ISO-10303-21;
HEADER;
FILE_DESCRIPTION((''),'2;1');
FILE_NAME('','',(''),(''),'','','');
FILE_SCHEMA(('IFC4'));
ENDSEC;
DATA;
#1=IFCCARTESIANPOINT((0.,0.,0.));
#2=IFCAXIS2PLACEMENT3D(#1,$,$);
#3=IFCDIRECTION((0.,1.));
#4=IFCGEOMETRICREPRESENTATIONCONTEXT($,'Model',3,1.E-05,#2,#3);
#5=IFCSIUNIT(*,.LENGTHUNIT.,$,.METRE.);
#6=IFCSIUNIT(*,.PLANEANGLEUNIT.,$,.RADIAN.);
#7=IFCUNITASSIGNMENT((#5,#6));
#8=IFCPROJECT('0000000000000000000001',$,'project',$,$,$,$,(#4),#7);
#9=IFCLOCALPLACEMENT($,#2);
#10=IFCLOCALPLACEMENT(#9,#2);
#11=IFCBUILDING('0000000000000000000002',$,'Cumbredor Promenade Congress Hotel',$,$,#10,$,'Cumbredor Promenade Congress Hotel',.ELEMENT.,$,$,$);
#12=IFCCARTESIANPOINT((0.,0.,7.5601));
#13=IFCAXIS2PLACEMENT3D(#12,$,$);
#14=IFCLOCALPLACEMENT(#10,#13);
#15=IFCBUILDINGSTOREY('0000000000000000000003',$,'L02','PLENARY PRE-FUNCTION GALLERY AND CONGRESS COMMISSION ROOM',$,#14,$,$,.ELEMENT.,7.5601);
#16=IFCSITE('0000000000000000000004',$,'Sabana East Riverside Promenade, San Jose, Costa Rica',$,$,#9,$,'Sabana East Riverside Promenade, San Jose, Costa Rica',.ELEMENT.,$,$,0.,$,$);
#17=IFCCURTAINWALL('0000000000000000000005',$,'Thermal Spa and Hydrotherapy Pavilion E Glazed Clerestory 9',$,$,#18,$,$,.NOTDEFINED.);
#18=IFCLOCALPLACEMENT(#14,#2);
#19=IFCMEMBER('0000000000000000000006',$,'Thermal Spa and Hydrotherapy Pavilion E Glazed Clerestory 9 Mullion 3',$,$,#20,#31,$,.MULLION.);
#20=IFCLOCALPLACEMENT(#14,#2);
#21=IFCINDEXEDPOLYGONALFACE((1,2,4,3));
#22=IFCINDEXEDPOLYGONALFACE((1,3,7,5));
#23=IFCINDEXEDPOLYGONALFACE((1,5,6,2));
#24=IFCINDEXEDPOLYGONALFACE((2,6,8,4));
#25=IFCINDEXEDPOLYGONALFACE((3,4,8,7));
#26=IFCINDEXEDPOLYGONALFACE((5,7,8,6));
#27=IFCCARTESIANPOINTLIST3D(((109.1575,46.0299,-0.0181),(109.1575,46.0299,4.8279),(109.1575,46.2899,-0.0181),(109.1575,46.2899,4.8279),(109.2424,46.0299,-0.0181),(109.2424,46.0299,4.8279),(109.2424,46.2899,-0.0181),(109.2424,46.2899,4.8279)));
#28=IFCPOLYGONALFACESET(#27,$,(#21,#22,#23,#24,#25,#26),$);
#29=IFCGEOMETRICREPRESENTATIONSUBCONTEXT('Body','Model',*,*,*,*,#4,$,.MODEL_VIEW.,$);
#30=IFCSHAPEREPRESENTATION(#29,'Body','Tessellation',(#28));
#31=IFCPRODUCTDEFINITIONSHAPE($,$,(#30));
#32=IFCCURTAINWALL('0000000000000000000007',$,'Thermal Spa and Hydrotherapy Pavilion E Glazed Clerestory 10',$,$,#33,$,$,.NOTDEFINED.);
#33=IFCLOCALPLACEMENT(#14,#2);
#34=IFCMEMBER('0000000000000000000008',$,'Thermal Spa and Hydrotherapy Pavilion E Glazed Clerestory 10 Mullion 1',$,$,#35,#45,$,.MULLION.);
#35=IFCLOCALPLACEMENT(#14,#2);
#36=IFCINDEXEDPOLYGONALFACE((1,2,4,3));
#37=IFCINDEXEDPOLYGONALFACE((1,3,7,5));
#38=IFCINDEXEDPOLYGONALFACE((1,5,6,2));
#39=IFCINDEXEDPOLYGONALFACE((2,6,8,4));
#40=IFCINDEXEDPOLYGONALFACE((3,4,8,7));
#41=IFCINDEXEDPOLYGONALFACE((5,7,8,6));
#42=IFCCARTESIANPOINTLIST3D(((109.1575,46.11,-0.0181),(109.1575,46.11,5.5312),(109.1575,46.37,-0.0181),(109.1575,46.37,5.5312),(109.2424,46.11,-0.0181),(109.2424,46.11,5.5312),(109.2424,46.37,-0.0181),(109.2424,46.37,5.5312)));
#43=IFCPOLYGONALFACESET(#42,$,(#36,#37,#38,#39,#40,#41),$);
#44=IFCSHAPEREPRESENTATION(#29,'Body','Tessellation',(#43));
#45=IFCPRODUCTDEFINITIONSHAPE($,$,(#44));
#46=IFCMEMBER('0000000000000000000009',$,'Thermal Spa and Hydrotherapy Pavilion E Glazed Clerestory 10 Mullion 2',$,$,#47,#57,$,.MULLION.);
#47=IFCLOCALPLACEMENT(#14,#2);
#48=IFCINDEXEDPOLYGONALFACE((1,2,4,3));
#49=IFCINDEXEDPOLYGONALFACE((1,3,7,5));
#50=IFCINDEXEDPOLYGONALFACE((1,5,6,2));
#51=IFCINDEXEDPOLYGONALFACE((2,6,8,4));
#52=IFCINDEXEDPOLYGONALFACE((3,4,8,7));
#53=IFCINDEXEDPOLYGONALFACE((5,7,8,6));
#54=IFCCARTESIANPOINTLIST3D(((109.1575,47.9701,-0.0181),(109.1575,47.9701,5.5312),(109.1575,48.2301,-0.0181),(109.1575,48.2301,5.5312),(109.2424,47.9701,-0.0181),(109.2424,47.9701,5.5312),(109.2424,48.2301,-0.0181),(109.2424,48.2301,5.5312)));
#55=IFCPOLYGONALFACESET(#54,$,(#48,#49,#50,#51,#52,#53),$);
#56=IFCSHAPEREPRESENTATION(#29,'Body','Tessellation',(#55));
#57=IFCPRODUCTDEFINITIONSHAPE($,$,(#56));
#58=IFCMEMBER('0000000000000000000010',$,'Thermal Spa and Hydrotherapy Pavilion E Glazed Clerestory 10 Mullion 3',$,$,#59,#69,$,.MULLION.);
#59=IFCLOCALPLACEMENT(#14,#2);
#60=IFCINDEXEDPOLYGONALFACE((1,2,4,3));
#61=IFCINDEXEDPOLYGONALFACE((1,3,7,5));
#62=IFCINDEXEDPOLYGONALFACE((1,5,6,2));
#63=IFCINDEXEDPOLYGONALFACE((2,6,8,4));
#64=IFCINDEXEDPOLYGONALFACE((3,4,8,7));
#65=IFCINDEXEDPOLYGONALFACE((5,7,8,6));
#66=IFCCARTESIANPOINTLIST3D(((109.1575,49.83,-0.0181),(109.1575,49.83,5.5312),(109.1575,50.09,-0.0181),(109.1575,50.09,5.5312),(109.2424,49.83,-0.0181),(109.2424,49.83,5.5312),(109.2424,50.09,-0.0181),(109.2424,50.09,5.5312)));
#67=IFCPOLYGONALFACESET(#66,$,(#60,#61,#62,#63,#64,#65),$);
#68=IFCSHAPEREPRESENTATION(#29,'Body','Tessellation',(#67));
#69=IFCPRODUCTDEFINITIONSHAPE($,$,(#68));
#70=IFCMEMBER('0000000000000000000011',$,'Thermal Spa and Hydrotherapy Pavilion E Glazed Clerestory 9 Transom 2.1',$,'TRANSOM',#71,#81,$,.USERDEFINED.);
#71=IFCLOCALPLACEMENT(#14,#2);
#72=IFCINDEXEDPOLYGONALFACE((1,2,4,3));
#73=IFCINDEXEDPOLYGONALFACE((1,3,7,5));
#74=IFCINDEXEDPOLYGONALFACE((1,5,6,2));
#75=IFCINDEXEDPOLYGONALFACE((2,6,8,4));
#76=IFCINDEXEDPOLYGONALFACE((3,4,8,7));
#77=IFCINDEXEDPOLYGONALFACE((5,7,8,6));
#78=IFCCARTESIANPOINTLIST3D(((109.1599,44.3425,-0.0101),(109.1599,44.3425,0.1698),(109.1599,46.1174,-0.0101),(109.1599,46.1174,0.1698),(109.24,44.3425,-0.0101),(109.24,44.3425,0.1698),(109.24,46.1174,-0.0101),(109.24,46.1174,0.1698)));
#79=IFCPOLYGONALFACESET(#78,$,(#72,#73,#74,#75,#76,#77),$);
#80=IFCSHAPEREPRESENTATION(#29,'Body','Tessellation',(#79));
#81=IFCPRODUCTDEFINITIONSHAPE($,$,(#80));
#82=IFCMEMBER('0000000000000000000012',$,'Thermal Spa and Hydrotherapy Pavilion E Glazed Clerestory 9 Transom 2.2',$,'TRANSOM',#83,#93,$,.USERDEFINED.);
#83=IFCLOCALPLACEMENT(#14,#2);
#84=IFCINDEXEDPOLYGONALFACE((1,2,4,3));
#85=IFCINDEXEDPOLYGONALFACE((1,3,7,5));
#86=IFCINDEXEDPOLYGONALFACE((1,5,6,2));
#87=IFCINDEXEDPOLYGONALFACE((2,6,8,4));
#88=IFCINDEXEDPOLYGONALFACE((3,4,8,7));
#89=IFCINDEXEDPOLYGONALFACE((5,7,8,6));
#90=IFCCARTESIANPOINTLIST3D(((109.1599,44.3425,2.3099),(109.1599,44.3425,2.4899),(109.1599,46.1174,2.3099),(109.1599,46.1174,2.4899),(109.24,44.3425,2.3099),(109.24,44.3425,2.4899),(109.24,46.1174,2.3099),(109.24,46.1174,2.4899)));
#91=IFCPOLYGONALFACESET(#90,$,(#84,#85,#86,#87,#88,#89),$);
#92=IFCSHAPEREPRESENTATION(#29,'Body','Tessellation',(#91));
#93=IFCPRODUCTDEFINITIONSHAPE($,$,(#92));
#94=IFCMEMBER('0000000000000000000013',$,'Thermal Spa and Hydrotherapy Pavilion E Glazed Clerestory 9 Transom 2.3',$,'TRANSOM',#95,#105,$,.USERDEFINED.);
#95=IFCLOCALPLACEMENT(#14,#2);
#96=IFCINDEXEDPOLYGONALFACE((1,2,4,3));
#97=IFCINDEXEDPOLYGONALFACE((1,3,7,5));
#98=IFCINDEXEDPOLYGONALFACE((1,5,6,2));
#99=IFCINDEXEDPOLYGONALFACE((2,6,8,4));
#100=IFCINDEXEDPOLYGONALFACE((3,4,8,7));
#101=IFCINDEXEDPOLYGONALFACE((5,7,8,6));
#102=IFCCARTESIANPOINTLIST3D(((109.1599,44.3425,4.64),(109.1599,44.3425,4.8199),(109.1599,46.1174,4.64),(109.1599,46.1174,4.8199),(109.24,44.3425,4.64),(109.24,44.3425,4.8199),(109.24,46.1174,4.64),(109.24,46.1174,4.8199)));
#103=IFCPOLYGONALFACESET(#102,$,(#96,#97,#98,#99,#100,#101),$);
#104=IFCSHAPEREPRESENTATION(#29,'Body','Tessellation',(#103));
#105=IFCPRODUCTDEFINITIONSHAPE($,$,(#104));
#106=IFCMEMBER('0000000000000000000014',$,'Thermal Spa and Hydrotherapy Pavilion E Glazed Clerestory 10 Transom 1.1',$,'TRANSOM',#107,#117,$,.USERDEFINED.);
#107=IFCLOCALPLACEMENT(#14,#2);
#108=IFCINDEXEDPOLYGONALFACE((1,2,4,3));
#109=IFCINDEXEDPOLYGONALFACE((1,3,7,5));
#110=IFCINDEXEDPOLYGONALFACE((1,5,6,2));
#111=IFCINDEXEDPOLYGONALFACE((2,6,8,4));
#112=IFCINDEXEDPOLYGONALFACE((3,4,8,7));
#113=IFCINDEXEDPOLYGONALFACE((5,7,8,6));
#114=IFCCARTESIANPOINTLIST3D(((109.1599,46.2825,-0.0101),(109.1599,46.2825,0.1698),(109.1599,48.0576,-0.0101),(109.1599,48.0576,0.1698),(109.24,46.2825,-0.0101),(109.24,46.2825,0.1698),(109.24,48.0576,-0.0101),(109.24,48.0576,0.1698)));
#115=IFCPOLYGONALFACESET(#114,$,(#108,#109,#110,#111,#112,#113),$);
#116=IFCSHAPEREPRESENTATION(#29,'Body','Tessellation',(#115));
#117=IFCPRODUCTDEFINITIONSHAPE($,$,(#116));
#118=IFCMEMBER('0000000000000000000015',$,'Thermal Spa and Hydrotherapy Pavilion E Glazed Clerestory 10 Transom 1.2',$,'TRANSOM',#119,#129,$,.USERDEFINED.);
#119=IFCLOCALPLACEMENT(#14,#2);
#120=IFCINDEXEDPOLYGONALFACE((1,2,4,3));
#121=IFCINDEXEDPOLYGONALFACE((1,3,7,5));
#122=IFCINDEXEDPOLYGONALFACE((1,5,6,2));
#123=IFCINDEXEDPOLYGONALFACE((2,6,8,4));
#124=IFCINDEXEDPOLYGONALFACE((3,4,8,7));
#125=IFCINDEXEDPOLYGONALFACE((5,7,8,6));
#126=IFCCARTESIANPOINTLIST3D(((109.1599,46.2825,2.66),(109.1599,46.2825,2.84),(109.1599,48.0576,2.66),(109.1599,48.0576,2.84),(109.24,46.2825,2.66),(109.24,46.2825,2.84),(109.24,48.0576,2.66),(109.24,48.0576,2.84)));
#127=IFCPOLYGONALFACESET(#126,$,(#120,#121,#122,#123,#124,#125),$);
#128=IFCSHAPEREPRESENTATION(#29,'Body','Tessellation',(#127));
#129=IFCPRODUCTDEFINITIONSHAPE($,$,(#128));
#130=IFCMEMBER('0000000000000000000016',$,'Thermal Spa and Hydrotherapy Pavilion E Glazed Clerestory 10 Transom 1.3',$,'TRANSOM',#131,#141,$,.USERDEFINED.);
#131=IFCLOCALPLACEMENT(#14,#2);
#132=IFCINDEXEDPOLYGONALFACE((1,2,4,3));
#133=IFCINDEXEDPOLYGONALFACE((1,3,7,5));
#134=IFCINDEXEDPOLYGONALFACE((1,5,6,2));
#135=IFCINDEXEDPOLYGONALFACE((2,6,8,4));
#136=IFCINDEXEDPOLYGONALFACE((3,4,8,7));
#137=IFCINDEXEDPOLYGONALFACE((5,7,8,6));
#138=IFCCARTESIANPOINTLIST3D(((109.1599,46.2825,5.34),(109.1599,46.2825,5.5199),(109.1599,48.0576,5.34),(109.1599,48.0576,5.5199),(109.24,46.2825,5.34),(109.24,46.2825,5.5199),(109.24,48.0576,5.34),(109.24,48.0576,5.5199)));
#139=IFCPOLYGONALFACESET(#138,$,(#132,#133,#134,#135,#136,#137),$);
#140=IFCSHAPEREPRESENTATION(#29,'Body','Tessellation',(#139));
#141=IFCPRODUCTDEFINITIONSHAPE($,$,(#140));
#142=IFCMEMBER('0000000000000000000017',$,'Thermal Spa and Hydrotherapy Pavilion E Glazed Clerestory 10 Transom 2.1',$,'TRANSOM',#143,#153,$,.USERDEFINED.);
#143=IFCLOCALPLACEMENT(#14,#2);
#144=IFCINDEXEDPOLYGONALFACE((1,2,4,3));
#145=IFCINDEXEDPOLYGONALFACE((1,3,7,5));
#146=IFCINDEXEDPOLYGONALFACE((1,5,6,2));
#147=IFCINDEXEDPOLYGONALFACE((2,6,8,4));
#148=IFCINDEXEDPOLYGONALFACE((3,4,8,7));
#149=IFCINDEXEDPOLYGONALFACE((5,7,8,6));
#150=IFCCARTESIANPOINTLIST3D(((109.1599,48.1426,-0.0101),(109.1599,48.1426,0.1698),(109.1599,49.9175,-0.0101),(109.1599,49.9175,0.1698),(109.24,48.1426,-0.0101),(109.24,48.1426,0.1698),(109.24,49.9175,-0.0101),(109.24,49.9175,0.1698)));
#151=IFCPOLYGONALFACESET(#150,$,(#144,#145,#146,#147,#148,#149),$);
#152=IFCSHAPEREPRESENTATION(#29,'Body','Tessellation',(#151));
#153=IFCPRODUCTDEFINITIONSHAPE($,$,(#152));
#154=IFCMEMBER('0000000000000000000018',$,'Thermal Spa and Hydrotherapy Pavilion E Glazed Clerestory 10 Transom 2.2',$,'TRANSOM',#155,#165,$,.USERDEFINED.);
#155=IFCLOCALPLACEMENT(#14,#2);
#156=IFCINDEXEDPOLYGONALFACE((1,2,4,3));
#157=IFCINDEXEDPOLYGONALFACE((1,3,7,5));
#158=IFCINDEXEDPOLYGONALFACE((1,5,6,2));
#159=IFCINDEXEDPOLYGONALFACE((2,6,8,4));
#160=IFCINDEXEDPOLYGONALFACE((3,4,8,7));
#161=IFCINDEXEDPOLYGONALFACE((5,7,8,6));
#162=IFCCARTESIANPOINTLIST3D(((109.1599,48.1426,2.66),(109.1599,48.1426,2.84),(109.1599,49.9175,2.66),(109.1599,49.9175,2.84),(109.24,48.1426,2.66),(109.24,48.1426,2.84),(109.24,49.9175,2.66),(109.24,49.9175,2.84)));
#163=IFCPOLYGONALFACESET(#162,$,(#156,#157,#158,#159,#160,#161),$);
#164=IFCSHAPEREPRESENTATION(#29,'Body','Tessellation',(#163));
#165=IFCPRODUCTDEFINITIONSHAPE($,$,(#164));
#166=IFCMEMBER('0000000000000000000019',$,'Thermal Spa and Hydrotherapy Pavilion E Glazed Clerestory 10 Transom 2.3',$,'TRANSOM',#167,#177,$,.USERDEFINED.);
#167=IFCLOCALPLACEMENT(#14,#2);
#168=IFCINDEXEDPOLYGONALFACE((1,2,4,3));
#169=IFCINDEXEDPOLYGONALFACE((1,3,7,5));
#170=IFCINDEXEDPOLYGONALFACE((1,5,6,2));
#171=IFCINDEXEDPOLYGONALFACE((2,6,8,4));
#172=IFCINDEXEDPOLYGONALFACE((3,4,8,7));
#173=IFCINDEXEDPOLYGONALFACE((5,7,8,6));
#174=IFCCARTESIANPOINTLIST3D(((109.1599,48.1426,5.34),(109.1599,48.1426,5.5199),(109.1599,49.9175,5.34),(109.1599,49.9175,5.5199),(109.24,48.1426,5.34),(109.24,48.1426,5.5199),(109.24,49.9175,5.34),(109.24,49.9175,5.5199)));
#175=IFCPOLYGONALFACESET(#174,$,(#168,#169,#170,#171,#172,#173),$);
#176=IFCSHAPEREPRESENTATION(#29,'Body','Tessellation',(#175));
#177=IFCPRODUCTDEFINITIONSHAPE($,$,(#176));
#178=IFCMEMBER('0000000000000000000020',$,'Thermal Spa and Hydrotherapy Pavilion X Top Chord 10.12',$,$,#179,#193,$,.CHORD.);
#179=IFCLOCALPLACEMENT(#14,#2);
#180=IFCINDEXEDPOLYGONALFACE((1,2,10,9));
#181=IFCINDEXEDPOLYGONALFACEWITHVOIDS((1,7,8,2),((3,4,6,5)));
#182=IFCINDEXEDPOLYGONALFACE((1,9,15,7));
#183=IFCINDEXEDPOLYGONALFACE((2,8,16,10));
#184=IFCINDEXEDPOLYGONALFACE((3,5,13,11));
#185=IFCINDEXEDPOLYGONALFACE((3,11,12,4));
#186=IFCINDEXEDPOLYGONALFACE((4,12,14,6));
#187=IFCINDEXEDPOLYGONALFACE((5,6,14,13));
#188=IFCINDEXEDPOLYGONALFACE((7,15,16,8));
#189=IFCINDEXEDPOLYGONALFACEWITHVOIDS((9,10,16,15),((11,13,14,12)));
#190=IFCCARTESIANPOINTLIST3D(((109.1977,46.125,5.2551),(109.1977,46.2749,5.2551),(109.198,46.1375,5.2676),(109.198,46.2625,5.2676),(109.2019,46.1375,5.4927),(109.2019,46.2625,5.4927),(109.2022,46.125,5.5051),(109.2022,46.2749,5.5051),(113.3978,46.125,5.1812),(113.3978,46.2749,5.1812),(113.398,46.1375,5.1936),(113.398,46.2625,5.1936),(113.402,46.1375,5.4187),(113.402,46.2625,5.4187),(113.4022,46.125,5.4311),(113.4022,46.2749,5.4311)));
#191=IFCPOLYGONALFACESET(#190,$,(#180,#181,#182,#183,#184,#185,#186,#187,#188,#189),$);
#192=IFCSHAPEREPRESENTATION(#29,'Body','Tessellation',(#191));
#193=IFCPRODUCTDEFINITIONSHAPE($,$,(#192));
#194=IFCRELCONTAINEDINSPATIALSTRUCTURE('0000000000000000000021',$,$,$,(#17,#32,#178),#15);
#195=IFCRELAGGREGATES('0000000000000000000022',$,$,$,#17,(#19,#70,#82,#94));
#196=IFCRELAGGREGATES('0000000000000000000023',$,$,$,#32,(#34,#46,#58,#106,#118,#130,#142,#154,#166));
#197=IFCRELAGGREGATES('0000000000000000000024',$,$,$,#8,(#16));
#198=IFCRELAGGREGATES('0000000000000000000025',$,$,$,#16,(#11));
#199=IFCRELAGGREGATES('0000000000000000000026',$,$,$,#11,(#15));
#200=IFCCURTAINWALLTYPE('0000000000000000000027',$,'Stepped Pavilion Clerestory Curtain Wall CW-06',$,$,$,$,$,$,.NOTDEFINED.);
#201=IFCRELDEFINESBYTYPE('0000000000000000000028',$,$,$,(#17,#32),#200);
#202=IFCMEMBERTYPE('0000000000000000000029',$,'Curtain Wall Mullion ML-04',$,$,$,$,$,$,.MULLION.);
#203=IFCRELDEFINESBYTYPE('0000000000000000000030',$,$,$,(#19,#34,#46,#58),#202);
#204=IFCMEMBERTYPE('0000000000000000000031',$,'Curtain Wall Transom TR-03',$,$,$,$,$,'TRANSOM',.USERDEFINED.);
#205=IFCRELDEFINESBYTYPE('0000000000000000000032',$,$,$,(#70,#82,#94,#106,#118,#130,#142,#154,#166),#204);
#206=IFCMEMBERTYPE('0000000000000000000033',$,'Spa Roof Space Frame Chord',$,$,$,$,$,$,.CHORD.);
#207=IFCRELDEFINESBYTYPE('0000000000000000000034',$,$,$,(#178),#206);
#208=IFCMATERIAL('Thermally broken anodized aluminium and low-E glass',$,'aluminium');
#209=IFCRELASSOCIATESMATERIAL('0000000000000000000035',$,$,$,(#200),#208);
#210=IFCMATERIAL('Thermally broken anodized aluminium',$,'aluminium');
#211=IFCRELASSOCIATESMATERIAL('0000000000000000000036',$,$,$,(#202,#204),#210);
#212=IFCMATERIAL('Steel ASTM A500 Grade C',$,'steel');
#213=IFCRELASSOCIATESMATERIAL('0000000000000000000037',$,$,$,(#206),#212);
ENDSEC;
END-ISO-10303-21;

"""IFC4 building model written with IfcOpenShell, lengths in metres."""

from ifc_helpers import new_model, si_unit, direction, frame, origin, origin_2d, place, context, subcontext, project, spatial, rectangle, hollow_rectangle, extrude, material, material_profile, profile_set, type_object, element, aggregate, save


model = new_model("IFC4")

# Units and contexts
model_context = context("Model", 3, precision=1e-05, world=origin(), true_north=direction((0.0, 1.0)))
body_context = subcontext(model_context, "Body", "Model", "MODEL_VIEW")
ifc_project = project(units=[si_unit("LENGTHUNIT", "METRE"), si_unit("PLANEANGLEUNIT", "RADIAN")], contexts=[model_context])

# Site, building, storey
site_placement = place(None, origin())
site = spatial("IfcSite", under=ifc_project, at=site_placement, Name="Sabana East Riverside Promenade, San Jose, Costa Rica", LongName="Sabana East Riverside Promenade, San Jose, Costa Rica", CompositionType="ELEMENT", RefElevation=0.0)
building_placement = place(site_placement, origin())
building = spatial("IfcBuilding", under=site, at=building_placement, Name="Cumbredor Promenade Congress Hotel", LongName="Cumbredor Promenade Congress Hotel", CompositionType="ELEMENT")
storey_placement = place(building_placement, frame((0.0, 0.0, 7.5601)))
storey = spatial("IfcBuildingStorey", under=building, at=storey_placement, Name="L02", Description="PLENARY PRE-FUNCTION GALLERY AND CONGRESS COMMISSION ROOM", CompositionType="ELEMENT", Elevation=7.5601)

# Curtain wall, member
ifc_material_1 = material(Name="Thermally broken anodized aluminium and low-E glass", Category="aluminium")
curtain_wall_type = type_object("IfcCurtainWallType", Name="Stepped Pavilion Clerestory Curtain Wall CW-06", PredefinedType="NOTDEFINED", material=ifc_material_1)
curtain_wall_1_placement = place(storey_placement, origin())
curtain_wall_1 = element("IfcCurtainWall", 1, at=curtain_wall_1_placement, inside=storey, type_object=curtain_wall_type, Name="Thermal Spa and Hydrotherapy Pavilion E Glazed Clerestory 9", PredefinedType="NOTDEFINED")
ifc_material_2 = material(Name="Thermally broken anodized aluminium", Category="aluminium")
ifc_material_profile_1 = material_profile(ifc_material_2, rectangle(XDim=0.085, YDim=0.26, at=origin_2d()), Name="ALU MULLION CLERESTORY 85x260")
ifc_profile_set_1 = profile_set([ifc_material_profile_1], Name="Thermally broken anodized aluminium")
member_type_1 = type_object("IfcMemberType", Name="Curtain Wall Mullion ML-04", PredefinedType="MULLION", material=ifc_profile_set_1)
member_1_placement = place(storey_placement, frame((109.2, 46.1599, -0.0181), z_axis=(0.0, 0.0, 1.0), x_axis=(1.0, 0.0, 0.0)))
member_1 = element("IfcMember", 2, at=member_1_placement, type_object=member_type_1, Name="Thermal Spa and Hydrotherapy Pavilion E Glazed Clerestory 9 Mullion 3", PredefinedType="MULLION", context=body_context, shape_type="SweptSolid", body=[
    extrude(rectangle(XDim=0.085, YDim=0.26, at=origin_2d()), origin(), (0.0, 0.0, 1.0), 4.8459),
])

# Curtain wall, members
curtain_wall_2_placement = place(storey_placement, origin())
curtain_wall_2 = element("IfcCurtainWall", 3, at=curtain_wall_2_placement, inside=storey, type_object=curtain_wall_type, Name="Thermal Spa and Hydrotherapy Pavilion E Glazed Clerestory 10", PredefinedType="NOTDEFINED")
member_2_placement = place(storey_placement, frame((109.2, 46.24, -0.0181), z_axis=(0.0, 0.0, 1.0), x_axis=(1.0, 0.0, 0.0)))
member_2 = element("IfcMember", 4, at=member_2_placement, type_object=member_type_1, Name="Thermal Spa and Hydrotherapy Pavilion E Glazed Clerestory 10 Mullion 1", PredefinedType="MULLION", context=body_context, shape_type="SweptSolid", body=[
    extrude(rectangle(XDim=0.085, YDim=0.26, at=origin_2d()), origin(), (0.0, 0.0, 1.0), 5.5493),
])
member_3_placement = place(storey_placement, frame((109.2, 48.1001, -0.0181), z_axis=(0.0, 0.0, 1.0), x_axis=(1.0, 0.0, 0.0)))
member_3 = element("IfcMember", 5, at=member_3_placement, type_object=member_type_1, Name="Thermal Spa and Hydrotherapy Pavilion E Glazed Clerestory 10 Mullion 2", PredefinedType="MULLION", context=body_context, shape_type="SweptSolid", body=[
    extrude(rectangle(XDim=0.085, YDim=0.26, at=origin_2d()), origin(), (0.0, 0.0, 1.0), 5.5493),
])
member_4_placement = place(storey_placement, frame((109.2, 49.96, -0.0181), z_axis=(0.0, 0.0, 1.0), x_axis=(1.0, 0.0, 0.0)))
member_4 = element("IfcMember", 6, at=member_4_placement, type_object=member_type_1, Name="Thermal Spa and Hydrotherapy Pavilion E Glazed Clerestory 10 Mullion 3", PredefinedType="MULLION", context=body_context, shape_type="SweptSolid", body=[
    extrude(rectangle(XDim=0.085, YDim=0.26, at=origin_2d()), origin(), (0.0, 0.0, 1.0), 5.5493),
])

# Members
ifc_material_profile_2 = material_profile(ifc_material_2, rectangle(XDim=0.0801, YDim=0.1799, at=origin_2d()), Name="ALU TRANSOM 80x180")
ifc_profile_set_2 = profile_set([ifc_material_profile_2], Name="Thermally broken anodized aluminium")
member_type_2 = type_object("IfcMemberType", Name="Curtain Wall Transom TR-03", ElementType="TRANSOM", PredefinedType="USERDEFINED", material=ifc_profile_set_2)
member_5_placement = place(storey_placement, frame((109.2, 44.3425, 0.0798), z_axis=(0.0, 1.0, 0.0), x_axis=(-1.0, 0.0, 0.0)))
member_5 = element("IfcMember", 7, at=member_5_placement, type_object=member_type_2, Name="Thermal Spa and Hydrotherapy Pavilion E Glazed Clerestory 9 Transom 2.1", ObjectType="TRANSOM", PredefinedType="USERDEFINED", context=body_context, shape_type="SweptSolid", body=[
    extrude(rectangle(XDim=0.0801, YDim=0.1799, at=origin_2d()), origin(), (0.0, 0.0, 1.0), 1.7749),
])
member_6_placement = place(storey_placement, frame((109.2, 44.3425, 2.3999), z_axis=(0.0, 1.0, 0.0), x_axis=(-1.0, 0.0, 0.0)))
member_6 = element("IfcMember", 8, at=member_6_placement, type_object=member_type_2, Name="Thermal Spa and Hydrotherapy Pavilion E Glazed Clerestory 9 Transom 2.2", ObjectType="TRANSOM", PredefinedType="USERDEFINED", context=body_context, shape_type="SweptSolid", body=[
    extrude(rectangle(XDim=0.0801, YDim=0.1799, at=origin_2d()), origin(), (0.0, 0.0, 1.0), 1.7749),
])
member_7_placement = place(storey_placement, frame((109.2, 44.3425, 4.73), z_axis=(0.0, 1.0, 0.0), x_axis=(-1.0, 0.0, 0.0)))
member_7 = element("IfcMember", 9, at=member_7_placement, type_object=member_type_2, Name="Thermal Spa and Hydrotherapy Pavilion E Glazed Clerestory 9 Transom 2.3", ObjectType="TRANSOM", PredefinedType="USERDEFINED", context=body_context, shape_type="SweptSolid", body=[
    extrude(rectangle(XDim=0.0801, YDim=0.1799, at=origin_2d()), origin(), (0.0, 0.0, 1.0), 1.7749),
])
member_8_placement = place(storey_placement, frame((109.2, 46.2825, 0.0798), z_axis=(0.0, 1.0, 0.0), x_axis=(-1.0, 0.0, 0.0)))
member_8 = element("IfcMember", 10, at=member_8_placement, type_object=member_type_2, Name="Thermal Spa and Hydrotherapy Pavilion E Glazed Clerestory 10 Transom 1.1", ObjectType="TRANSOM", PredefinedType="USERDEFINED", context=body_context, shape_type="SweptSolid", body=[
    extrude(rectangle(XDim=0.0801, YDim=0.1799, at=origin_2d()), origin(), (0.0, 0.0, 1.0), 1.7751),
])
member_9_placement = place(storey_placement, frame((109.2, 46.2825, 2.75), z_axis=(0.0, 1.0, 0.0), x_axis=(-1.0, 0.0, 0.0)))
member_9 = element("IfcMember", 11, at=member_9_placement, type_object=member_type_2, Name="Thermal Spa and Hydrotherapy Pavilion E Glazed Clerestory 10 Transom 1.2", ObjectType="TRANSOM", PredefinedType="USERDEFINED", context=body_context, shape_type="SweptSolid", body=[
    extrude(rectangle(XDim=0.0801, YDim=0.1799, at=origin_2d()), origin(), (0.0, 0.0, 1.0), 1.7751),
])
member_10_placement = place(storey_placement, frame((109.2, 46.2825, 5.4299), z_axis=(0.0, 1.0, 0.0), x_axis=(-1.0, 0.0, 0.0)))
member_10 = element("IfcMember", 12, at=member_10_placement, type_object=member_type_2, Name="Thermal Spa and Hydrotherapy Pavilion E Glazed Clerestory 10 Transom 1.3", ObjectType="TRANSOM", PredefinedType="USERDEFINED", context=body_context, shape_type="SweptSolid", body=[
    extrude(rectangle(XDim=0.0801, YDim=0.1799, at=origin_2d()), origin(), (0.0, 0.0, 1.0), 1.7751),
])
member_11_placement = place(storey_placement, frame((109.2, 48.1426, 0.0798), z_axis=(0.0, 1.0, 0.0), x_axis=(-1.0, 0.0, 0.0)))
member_11 = element("IfcMember", 13, at=member_11_placement, type_object=member_type_2, Name="Thermal Spa and Hydrotherapy Pavilion E Glazed Clerestory 10 Transom 2.1", ObjectType="TRANSOM", PredefinedType="USERDEFINED", context=body_context, shape_type="SweptSolid", body=[
    extrude(rectangle(XDim=0.0801, YDim=0.1799, at=origin_2d()), origin(), (0.0, 0.0, 1.0), 1.7749),
])
member_12_placement = place(storey_placement, frame((109.2, 48.1426, 2.75), z_axis=(0.0, 1.0, 0.0), x_axis=(-1.0, 0.0, 0.0)))
member_12 = element("IfcMember", 14, at=member_12_placement, type_object=member_type_2, Name="Thermal Spa and Hydrotherapy Pavilion E Glazed Clerestory 10 Transom 2.2", ObjectType="TRANSOM", PredefinedType="USERDEFINED", context=body_context, shape_type="SweptSolid", body=[
    extrude(rectangle(XDim=0.0801, YDim=0.1799, at=origin_2d()), origin(), (0.0, 0.0, 1.0), 1.7749),
])
member_13_placement = place(storey_placement, frame((109.2, 48.1426, 5.4299), z_axis=(0.0, 1.0, 0.0), x_axis=(-1.0, 0.0, 0.0)))
member_13 = element("IfcMember", 15, at=member_13_placement, type_object=member_type_2, Name="Thermal Spa and Hydrotherapy Pavilion E Glazed Clerestory 10 Transom 2.3", ObjectType="TRANSOM", PredefinedType="USERDEFINED", context=body_context, shape_type="SweptSolid", body=[
    extrude(rectangle(XDim=0.0801, YDim=0.1799, at=origin_2d()), origin(), (0.0, 0.0, 1.0), 1.7749),
])

# Member
ifc_material_3 = material(Name="Steel ASTM A500 Grade C", Category="steel")
ifc_material_profile_3 = material_profile(ifc_material_3, hollow_rectangle(XDim=0.1499, YDim=0.25, WallThickness=0.0125, at=origin_2d()), Name="HSS 250x150x12.5")
ifc_profile_set_3 = profile_set([ifc_material_profile_3], Name="Steel ASTM A500 Grade C")
member_type_3 = type_object("IfcMemberType", Name="Spa Roof Space Frame Chord", PredefinedType="CHORD", material=ifc_profile_set_3)
for number, where, z_axis, x_axis, name in (
    (16, (109.2, 46.2, 5.3801), (0.999845, 0.0, -0.01761), (0.0, 1.0, 0.0), "Thermal Spa and Hydrotherapy Pavilion X Top Chord 10.12"),
):
    element("IfcMember", number, at=place(storey_placement, frame(where, z_axis=z_axis, x_axis=x_axis)), inside=storey, type_object=member_type_3, Name=name, PredefinedType="CHORD", context=body_context, shape_type="SweptSolid", body=[
        extrude(hollow_rectangle(XDim=0.1499, YDim=0.25, WallThickness=0.0125, at=origin_2d()), origin(), (0.0, 0.0, 1.0), 4.2007),
    ])

aggregate(curtain_wall_1, [member_1, member_5, member_6, member_7])
aggregate(curtain_wall_2, [member_2, member_3, member_4, member_8, member_9, member_10, member_11, member_12, member_13])

save(model, "model.ifc")
